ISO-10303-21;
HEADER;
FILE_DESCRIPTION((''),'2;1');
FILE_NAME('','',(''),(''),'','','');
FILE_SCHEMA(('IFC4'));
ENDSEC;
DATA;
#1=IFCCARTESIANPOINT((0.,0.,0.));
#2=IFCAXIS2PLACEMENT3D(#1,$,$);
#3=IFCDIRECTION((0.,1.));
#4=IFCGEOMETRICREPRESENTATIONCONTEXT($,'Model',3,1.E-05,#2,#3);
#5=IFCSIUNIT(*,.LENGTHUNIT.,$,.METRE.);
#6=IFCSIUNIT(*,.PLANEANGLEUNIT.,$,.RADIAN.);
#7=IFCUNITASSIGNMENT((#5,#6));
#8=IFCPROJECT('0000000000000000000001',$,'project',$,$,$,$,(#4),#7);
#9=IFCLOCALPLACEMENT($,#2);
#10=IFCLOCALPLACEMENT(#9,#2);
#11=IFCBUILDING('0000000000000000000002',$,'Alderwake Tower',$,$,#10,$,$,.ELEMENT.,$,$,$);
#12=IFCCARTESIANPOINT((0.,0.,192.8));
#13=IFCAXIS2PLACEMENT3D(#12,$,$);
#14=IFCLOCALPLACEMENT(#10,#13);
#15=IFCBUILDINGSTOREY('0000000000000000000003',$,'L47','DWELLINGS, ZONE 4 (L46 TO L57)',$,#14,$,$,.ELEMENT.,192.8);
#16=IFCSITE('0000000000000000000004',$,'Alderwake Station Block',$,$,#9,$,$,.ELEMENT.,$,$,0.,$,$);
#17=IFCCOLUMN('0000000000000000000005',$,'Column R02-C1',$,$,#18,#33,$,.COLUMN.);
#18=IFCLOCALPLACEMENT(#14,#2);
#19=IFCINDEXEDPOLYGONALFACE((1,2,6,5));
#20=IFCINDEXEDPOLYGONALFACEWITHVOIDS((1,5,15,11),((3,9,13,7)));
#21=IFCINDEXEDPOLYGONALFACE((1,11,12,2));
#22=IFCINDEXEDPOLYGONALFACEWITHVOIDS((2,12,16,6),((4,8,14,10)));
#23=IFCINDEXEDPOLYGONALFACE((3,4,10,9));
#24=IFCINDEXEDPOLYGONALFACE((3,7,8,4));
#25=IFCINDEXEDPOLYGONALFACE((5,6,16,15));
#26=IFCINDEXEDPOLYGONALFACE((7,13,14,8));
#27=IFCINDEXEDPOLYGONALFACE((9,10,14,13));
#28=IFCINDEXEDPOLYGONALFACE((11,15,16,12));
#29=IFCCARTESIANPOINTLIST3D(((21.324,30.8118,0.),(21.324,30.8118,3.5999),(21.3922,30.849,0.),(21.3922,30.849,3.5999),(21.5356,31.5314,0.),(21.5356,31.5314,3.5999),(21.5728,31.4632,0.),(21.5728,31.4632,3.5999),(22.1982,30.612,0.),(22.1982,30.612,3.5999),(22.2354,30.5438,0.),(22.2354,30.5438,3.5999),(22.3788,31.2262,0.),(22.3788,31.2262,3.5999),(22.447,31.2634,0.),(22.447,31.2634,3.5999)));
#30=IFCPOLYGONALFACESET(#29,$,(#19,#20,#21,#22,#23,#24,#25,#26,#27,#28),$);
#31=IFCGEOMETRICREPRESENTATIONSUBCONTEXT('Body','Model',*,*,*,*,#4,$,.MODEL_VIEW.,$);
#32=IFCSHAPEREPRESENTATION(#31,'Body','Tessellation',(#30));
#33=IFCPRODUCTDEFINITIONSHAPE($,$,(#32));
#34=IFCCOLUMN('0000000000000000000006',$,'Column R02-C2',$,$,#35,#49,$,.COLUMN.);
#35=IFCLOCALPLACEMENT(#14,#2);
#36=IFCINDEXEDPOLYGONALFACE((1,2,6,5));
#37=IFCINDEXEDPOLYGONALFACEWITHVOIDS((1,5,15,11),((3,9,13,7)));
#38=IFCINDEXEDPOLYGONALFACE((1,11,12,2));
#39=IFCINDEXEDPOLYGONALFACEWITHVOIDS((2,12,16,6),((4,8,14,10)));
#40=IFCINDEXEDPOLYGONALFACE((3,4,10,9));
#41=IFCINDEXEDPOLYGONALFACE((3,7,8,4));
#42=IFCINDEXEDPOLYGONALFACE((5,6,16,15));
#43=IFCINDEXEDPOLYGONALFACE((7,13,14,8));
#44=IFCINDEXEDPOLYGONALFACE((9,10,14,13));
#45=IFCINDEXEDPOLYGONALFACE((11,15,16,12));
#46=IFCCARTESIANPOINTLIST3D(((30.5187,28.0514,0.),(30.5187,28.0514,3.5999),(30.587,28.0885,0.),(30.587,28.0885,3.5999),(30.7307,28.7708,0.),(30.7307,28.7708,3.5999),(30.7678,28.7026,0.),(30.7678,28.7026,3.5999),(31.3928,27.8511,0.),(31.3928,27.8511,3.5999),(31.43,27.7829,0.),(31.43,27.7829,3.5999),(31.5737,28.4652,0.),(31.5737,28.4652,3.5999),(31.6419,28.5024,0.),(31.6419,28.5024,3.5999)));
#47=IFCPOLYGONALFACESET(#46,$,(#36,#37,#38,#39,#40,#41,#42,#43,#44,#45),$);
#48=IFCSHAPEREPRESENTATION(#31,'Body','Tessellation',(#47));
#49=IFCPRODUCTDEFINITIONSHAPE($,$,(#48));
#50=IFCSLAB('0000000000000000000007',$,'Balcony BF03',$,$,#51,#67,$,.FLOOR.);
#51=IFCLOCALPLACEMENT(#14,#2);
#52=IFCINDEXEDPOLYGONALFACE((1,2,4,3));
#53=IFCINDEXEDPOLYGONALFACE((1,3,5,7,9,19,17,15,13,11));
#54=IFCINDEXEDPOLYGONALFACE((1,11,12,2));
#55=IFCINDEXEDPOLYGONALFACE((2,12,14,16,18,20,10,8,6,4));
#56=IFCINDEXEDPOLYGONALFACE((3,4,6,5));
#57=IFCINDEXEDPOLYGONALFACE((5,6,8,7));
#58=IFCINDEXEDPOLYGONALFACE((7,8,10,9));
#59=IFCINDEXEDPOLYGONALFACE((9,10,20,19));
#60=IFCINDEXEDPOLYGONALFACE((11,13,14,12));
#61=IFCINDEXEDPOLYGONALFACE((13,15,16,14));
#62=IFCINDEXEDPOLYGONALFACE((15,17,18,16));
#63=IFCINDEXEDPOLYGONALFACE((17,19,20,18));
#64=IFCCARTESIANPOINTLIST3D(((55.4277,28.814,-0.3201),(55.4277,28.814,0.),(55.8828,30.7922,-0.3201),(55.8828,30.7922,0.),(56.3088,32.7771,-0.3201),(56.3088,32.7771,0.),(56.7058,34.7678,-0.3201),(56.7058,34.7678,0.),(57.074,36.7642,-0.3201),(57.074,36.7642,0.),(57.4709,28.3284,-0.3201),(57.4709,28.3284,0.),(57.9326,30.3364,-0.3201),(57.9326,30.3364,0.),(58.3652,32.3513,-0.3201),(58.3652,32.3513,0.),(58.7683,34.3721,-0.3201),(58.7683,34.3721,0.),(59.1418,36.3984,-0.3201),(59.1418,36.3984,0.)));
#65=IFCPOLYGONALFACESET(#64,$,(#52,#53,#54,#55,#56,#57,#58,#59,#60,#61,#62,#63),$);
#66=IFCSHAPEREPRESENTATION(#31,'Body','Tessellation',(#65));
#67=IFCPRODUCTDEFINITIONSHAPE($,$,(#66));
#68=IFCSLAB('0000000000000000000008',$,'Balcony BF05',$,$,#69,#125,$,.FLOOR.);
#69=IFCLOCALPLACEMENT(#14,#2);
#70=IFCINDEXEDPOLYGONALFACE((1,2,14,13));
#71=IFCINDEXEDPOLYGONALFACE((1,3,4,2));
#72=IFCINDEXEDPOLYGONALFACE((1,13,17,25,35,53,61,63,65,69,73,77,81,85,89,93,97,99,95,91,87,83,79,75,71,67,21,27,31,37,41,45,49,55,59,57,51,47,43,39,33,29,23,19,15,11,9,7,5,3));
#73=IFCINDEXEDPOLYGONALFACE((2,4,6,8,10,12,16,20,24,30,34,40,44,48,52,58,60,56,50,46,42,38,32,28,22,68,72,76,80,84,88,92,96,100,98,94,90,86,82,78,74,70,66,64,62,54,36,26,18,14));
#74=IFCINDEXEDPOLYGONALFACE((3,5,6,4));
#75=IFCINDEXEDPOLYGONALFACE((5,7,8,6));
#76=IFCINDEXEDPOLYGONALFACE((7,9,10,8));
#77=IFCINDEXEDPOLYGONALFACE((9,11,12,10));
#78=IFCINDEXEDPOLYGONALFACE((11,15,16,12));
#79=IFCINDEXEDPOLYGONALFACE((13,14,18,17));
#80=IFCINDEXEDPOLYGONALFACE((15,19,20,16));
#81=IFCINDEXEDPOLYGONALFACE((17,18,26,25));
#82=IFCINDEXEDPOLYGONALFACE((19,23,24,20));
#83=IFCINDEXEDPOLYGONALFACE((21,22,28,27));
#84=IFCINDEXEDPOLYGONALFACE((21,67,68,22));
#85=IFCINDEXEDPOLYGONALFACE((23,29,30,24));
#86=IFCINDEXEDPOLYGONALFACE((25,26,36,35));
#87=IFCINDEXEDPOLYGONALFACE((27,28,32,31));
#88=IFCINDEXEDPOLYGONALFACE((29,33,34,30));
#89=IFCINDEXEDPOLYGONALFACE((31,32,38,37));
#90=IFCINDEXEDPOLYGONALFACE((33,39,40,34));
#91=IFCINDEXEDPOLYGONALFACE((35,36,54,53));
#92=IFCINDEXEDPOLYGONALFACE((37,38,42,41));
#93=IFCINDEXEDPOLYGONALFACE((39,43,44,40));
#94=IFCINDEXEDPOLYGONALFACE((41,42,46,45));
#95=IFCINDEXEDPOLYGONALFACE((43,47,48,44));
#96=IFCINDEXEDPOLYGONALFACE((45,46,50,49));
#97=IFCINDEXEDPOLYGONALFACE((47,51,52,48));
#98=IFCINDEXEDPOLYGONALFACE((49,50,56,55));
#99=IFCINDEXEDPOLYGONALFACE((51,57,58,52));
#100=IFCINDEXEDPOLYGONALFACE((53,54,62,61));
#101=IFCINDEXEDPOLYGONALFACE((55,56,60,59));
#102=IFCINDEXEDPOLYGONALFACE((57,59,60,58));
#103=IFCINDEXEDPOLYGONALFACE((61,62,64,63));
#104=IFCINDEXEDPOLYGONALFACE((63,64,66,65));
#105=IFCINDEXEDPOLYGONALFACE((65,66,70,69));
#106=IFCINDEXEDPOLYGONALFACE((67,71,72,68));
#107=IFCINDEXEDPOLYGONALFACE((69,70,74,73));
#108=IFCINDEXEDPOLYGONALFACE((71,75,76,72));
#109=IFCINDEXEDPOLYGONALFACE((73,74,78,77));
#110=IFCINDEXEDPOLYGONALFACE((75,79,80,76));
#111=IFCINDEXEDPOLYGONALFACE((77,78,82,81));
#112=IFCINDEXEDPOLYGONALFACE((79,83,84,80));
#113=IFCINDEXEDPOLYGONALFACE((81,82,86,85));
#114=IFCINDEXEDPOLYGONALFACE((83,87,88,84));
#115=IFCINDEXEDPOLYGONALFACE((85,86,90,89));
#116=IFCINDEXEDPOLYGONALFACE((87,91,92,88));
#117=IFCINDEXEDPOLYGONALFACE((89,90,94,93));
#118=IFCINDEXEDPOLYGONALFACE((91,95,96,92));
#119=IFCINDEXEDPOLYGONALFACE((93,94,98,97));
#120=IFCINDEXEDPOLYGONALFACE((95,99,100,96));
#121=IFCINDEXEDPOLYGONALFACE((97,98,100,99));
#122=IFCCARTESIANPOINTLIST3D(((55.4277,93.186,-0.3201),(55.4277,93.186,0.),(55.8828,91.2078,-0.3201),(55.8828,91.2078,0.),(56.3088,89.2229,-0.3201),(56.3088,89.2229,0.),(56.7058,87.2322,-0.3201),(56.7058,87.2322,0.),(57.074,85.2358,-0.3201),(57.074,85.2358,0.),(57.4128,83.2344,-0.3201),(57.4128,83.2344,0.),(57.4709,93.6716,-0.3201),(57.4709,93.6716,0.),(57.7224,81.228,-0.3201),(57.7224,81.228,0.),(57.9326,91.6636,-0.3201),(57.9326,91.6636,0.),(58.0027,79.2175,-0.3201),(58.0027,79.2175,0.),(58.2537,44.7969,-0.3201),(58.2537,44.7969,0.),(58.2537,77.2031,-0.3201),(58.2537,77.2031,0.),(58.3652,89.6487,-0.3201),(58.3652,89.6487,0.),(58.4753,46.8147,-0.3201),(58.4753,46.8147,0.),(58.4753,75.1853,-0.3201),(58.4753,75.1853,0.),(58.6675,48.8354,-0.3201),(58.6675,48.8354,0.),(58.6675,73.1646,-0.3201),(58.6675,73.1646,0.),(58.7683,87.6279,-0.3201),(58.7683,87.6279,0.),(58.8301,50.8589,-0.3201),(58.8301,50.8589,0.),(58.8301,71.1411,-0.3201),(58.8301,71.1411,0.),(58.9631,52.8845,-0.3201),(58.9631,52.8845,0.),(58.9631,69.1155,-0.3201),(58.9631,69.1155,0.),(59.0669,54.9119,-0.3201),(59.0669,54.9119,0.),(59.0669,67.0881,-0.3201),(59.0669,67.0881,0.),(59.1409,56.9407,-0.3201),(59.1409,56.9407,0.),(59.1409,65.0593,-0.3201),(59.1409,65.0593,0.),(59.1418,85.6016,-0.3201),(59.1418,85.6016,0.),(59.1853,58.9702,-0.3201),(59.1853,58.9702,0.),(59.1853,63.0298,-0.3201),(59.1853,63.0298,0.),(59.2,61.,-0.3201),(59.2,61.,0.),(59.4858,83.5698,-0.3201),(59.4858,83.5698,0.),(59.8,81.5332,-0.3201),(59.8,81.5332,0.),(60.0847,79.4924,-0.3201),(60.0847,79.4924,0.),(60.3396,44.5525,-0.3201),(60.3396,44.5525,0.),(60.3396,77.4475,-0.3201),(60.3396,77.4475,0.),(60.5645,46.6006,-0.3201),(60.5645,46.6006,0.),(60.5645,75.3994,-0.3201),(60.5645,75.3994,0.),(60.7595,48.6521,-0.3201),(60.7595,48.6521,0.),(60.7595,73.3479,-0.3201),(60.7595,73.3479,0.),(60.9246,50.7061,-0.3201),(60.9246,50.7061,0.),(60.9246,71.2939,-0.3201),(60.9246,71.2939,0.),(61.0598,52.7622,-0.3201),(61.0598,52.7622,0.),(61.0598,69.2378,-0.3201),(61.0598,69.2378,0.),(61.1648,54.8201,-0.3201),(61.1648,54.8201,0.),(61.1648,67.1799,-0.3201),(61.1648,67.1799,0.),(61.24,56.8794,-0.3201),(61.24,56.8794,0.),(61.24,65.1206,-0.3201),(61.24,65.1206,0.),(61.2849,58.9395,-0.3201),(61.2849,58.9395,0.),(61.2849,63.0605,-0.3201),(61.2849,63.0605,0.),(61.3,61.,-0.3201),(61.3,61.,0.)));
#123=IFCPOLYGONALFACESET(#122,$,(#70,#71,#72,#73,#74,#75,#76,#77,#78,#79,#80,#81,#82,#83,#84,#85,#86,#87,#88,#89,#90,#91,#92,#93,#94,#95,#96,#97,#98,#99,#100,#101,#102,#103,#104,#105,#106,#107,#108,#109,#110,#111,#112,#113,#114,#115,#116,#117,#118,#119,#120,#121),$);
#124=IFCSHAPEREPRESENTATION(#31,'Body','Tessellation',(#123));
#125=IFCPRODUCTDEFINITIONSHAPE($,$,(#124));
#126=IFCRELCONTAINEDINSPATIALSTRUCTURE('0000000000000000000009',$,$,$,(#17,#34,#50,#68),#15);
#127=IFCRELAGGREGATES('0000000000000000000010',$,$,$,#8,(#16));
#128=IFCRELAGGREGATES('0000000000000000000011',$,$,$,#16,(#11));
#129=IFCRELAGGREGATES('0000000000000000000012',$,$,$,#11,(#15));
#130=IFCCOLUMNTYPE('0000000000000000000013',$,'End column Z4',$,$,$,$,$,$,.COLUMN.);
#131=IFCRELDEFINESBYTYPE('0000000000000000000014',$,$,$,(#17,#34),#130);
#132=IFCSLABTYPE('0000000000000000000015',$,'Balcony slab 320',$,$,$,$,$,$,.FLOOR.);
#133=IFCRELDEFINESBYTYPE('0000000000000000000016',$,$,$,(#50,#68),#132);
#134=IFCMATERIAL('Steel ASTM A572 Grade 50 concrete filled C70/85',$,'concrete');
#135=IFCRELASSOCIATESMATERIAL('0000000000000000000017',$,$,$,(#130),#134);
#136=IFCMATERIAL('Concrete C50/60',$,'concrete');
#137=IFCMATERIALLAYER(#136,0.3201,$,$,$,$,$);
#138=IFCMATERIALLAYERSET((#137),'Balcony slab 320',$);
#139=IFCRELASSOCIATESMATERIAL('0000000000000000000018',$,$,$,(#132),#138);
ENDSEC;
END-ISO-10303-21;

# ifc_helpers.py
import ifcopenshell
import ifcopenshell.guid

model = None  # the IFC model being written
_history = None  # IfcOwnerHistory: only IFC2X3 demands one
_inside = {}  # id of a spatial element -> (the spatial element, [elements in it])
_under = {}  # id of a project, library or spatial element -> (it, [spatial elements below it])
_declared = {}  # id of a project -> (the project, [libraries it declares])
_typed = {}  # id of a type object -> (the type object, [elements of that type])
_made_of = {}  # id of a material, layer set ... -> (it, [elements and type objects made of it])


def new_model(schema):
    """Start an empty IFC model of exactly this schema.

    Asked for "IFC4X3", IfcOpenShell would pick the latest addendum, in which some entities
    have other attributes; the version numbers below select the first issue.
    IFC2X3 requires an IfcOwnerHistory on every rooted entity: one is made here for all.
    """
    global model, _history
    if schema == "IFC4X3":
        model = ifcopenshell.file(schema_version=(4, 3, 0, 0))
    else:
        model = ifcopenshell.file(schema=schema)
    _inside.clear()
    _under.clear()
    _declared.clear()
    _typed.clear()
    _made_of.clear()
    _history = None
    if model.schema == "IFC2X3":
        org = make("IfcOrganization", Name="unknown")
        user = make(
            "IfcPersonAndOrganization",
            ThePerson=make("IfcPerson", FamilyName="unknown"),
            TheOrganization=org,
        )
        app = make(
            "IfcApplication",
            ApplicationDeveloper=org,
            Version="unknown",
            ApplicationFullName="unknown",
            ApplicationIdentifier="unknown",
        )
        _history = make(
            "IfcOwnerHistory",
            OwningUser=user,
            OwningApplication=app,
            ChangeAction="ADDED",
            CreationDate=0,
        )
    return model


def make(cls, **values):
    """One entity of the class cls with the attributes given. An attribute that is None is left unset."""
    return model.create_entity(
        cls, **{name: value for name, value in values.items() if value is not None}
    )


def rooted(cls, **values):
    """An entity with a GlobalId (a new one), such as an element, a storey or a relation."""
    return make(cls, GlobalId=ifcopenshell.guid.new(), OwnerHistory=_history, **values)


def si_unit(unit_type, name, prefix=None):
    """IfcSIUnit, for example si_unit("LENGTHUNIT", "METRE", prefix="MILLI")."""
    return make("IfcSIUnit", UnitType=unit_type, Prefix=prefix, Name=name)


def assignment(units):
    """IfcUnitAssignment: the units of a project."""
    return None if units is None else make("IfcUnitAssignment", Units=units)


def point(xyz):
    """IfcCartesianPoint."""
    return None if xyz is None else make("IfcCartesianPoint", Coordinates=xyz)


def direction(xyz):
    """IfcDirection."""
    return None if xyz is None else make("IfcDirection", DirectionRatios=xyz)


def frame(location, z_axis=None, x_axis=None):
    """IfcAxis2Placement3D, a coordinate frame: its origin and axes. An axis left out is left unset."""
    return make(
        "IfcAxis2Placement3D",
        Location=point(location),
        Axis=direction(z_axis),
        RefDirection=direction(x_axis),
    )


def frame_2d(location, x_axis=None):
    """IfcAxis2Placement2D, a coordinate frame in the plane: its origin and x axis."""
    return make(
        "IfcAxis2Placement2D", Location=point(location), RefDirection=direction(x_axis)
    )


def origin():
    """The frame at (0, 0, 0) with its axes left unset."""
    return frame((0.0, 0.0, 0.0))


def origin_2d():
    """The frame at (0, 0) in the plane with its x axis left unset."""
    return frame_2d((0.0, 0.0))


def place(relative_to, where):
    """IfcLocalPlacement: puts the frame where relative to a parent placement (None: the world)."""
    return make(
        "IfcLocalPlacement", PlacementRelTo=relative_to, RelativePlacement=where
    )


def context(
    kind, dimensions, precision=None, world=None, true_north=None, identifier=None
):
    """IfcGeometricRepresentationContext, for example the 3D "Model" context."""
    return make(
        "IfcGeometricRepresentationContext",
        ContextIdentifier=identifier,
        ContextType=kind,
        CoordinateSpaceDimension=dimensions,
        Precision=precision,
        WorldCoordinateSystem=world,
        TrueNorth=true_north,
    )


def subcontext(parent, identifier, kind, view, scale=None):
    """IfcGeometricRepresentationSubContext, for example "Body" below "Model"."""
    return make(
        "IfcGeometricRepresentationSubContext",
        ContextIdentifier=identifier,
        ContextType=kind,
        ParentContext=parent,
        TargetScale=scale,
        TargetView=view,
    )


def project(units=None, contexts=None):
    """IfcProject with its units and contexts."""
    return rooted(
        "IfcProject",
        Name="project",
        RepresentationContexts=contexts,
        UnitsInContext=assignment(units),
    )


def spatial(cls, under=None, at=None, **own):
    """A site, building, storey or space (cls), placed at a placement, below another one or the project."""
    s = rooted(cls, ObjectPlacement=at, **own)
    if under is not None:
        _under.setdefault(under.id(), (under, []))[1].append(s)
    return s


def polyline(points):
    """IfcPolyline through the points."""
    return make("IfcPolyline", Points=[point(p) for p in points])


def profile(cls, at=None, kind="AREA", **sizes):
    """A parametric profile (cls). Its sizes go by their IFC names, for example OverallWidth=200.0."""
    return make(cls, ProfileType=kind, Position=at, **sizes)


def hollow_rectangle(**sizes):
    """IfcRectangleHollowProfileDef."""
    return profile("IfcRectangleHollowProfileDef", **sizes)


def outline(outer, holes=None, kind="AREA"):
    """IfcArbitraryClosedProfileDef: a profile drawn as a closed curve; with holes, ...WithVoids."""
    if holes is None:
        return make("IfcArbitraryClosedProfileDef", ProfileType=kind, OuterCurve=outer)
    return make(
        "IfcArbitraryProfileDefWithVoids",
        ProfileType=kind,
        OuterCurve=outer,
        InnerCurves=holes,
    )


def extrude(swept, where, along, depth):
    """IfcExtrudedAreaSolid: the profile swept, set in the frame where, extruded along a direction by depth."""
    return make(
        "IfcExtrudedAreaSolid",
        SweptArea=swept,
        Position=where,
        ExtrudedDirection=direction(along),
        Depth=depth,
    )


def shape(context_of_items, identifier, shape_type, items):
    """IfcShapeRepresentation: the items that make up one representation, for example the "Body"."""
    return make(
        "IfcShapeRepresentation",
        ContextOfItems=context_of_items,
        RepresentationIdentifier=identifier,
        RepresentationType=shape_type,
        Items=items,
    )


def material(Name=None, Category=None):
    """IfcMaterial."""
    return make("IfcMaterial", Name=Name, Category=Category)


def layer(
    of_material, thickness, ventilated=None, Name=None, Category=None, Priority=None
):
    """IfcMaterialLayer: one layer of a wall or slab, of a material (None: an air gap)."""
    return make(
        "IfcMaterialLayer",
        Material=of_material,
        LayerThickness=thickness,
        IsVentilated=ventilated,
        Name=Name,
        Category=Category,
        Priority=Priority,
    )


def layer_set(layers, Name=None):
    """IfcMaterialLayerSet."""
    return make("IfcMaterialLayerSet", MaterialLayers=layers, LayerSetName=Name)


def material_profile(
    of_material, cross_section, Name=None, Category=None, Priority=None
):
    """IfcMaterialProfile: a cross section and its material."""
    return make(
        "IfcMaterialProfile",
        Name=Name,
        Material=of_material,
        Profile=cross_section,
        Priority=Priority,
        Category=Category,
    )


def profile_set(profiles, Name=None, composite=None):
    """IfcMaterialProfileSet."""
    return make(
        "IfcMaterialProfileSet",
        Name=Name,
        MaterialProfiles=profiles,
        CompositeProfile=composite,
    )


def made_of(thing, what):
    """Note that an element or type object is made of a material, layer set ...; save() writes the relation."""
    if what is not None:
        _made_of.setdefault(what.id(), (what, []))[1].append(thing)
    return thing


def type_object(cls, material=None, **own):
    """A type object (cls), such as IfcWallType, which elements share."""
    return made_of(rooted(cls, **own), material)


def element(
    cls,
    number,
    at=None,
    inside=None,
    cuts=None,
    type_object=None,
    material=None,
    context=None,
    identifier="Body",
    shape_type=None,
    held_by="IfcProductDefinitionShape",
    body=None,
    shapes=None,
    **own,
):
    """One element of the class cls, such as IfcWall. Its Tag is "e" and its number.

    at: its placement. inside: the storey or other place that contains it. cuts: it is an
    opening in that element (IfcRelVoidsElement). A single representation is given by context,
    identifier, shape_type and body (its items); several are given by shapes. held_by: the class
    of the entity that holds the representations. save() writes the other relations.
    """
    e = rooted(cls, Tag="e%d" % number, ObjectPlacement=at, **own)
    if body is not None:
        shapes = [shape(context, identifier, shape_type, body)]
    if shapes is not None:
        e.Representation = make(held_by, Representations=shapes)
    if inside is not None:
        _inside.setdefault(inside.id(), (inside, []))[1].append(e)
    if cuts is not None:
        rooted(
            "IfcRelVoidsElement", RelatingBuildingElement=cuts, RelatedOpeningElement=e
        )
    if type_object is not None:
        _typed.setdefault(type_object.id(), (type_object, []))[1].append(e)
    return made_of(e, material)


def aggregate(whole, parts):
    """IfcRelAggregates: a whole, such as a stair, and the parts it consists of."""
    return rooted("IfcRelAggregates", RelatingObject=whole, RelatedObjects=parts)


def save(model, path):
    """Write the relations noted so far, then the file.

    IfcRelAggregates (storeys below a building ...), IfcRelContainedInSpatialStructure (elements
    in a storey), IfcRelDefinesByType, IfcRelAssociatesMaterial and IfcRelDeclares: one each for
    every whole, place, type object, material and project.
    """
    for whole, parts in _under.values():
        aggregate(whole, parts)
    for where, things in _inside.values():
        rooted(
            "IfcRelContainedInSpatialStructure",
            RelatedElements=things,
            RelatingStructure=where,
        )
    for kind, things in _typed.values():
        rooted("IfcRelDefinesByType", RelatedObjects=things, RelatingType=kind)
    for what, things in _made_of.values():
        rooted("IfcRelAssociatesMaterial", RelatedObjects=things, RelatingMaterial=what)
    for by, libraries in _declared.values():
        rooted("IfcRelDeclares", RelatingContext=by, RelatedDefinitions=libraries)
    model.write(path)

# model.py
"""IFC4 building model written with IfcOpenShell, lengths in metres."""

from ifc_helpers import new_model, si_unit, direction, frame, origin, origin_2d, place, context, subcontext, project, spatial, polyline, hollow_rectangle, outline, extrude, material, layer, layer_set, material_profile, profile_set, type_object, element, save


model = new_model("IFC4")

# Units and contexts
model_context = context("Model", 3, precision=1e-05, world=origin(), true_north=direction((0.0, 1.0)))
body_context = subcontext(model_context, "Body", "Model", "MODEL_VIEW")
ifc_project = project(units=[si_unit("LENGTHUNIT", "METRE"), si_unit("PLANEANGLEUNIT", "RADIAN")], contexts=[model_context])

# Site, building, storey
site_placement = place(None, origin())
site = spatial("IfcSite", under=ifc_project, at=site_placement, Name="Alderwake Station Block", CompositionType="ELEMENT", RefElevation=0.0)
building_placement = place(site_placement, origin())
building = spatial("IfcBuilding", under=site, at=building_placement, Name="Alderwake Tower", CompositionType="ELEMENT")
storey_placement = place(building_placement, frame((0.0, 0.0, 192.8)))
storey = spatial("IfcBuildingStorey", under=building, at=storey_placement, Name="L47", Description="DWELLINGS, ZONE 4 (L46 TO L57)", CompositionType="ELEMENT", Elevation=192.8)

# Columns
ifc_material_1 = material(Name="Steel ASTM A572 Grade 50 concrete filled C70/85", Category="concrete")
ifc_material_profile = material_profile(ifc_material_1, hollow_rectangle(XDim=0.75, YDim=0.95, WallThickness=0.0549, at=origin_2d()), Name="BOX 950X750X55")
ifc_profile_set = profile_set([ifc_material_profile], Name="Steel ASTM A572 Grade 50 concrete filled C70/85")
column_type = type_object("IfcColumnType", Name="End column Z4", PredefinedType="COLUMN", material=ifc_profile_set)
for number, where, z_axis, x_axis, name in (
    (1, (21.8855, 31.0376, 0.0), (0.0, 0.0, 1.0), (0.282132, 0.959376, 0.0), "Column R02-C1"),
    (2, (31.0803, 28.2769, 0.0), (0.0, 0.0, 1.0), (0.282583, 0.959243, 0.0), "Column R02-C2"),
):
    element("IfcColumn", number, at=place(storey_placement, frame(where, z_axis=z_axis, x_axis=x_axis)), inside=storey, type_object=column_type, Name=name, PredefinedType="COLUMN", context=body_context, shape_type="SweptSolid", body=[
        extrude(hollow_rectangle(XDim=0.75, YDim=0.95, WallThickness=0.0549, at=origin_2d()), origin(), (0.0, 0.0, 1.0), 3.5999),
    ])

# Slabs
ifc_material_2 = material(Name="Concrete C50/60", Category="concrete")
ifc_layer_1 = layer(ifc_material_2, 0.3201)
ifc_layer_set_1 = layer_set([ifc_layer_1], Name="Balcony slab 320")
slab_type_1 = type_object("IfcSlabType", Name="Balcony slab 320", PredefinedType="FLOOR", material=ifc_layer_set_1)
slab_1_placement = place(storey_placement, frame((0.0, 0.0, -0.3201)))
element("IfcSlab", 3, at=slab_1_placement, inside=storey, type_object=slab_type_1, Name="Balcony BF03", PredefinedType="FLOOR", context=body_context, shape_type="SweptSolid", body=[
    extrude(outline(polyline([(55.4277, 28.814), (57.4709, 28.3284), (57.9326, 30.3364), (58.3652, 32.3513), (58.7683, 34.3721), (59.1418, 36.3984), (57.074, 36.7642), (56.7058, 34.7678), (56.3088, 32.7771), (55.8828, 30.7922), (55.4277, 28.814)])), origin(), (0.0, 0.0, 1.0), 0.3201),
])
slab_2_placement = place(storey_placement, frame((0.0, 0.0, -0.3201)))
element("IfcSlab", 4, at=slab_2_placement, inside=storey, type_object=slab_type_1, Name="Balcony BF05", PredefinedType="FLOOR", context=body_context, shape_type="SweptSolid", body=[
    extrude(outline(polyline([(60.5645, 46.6006), (60.7595, 48.6521), (60.9246, 50.7061), (61.0598, 52.7622), (61.1648, 54.8201), (61.24, 56.8794), (61.2849, 58.9395), (61.3, 61.0), (61.2849, 63.0605), (61.24, 65.1206), (61.1648, 67.1799), (61.0598, 69.2378), (60.9246, 71.2939), (60.7595, 73.3479), (60.5645, 75.3994), (60.3396, 77.4475), (60.0847, 79.4924), (59.8, 81.5332), (59.4858, 83.5698), (59.1418, 85.6016), (58.7683, 87.6279), (58.3652, 89.6487), (57.9326, 91.6636), (57.4709, 93.6716), (55.4277, 93.186), (55.8828, 91.2078), (56.3088, 89.2229), (56.7058, 87.2322), (57.074, 85.2358), (57.4128, 83.2344), (57.7224, 81.228), (58.0027, 79.2175), (58.2537, 77.2031), (58.4753, 75.1853), (58.6675, 73.1646), (58.8301, 71.1411), (58.9631, 69.1155), (59.0669, 67.0881), (59.1409, 65.0593), (59.1853, 63.0298), (59.2, 61.0), (59.1853, 58.9702), (59.1409, 56.9407), (59.0669, 54.9119), (58.9631, 52.8845), (58.8301, 50.8589), (58.6675, 48.8354), (58.4753, 46.8147), (58.2537, 44.7969), (60.3396, 44.5525), (60.5645, 46.6006)])), origin(), (0.0, 0.0, 1.0), 0.3201),
])

save(model, "model.ifc")
